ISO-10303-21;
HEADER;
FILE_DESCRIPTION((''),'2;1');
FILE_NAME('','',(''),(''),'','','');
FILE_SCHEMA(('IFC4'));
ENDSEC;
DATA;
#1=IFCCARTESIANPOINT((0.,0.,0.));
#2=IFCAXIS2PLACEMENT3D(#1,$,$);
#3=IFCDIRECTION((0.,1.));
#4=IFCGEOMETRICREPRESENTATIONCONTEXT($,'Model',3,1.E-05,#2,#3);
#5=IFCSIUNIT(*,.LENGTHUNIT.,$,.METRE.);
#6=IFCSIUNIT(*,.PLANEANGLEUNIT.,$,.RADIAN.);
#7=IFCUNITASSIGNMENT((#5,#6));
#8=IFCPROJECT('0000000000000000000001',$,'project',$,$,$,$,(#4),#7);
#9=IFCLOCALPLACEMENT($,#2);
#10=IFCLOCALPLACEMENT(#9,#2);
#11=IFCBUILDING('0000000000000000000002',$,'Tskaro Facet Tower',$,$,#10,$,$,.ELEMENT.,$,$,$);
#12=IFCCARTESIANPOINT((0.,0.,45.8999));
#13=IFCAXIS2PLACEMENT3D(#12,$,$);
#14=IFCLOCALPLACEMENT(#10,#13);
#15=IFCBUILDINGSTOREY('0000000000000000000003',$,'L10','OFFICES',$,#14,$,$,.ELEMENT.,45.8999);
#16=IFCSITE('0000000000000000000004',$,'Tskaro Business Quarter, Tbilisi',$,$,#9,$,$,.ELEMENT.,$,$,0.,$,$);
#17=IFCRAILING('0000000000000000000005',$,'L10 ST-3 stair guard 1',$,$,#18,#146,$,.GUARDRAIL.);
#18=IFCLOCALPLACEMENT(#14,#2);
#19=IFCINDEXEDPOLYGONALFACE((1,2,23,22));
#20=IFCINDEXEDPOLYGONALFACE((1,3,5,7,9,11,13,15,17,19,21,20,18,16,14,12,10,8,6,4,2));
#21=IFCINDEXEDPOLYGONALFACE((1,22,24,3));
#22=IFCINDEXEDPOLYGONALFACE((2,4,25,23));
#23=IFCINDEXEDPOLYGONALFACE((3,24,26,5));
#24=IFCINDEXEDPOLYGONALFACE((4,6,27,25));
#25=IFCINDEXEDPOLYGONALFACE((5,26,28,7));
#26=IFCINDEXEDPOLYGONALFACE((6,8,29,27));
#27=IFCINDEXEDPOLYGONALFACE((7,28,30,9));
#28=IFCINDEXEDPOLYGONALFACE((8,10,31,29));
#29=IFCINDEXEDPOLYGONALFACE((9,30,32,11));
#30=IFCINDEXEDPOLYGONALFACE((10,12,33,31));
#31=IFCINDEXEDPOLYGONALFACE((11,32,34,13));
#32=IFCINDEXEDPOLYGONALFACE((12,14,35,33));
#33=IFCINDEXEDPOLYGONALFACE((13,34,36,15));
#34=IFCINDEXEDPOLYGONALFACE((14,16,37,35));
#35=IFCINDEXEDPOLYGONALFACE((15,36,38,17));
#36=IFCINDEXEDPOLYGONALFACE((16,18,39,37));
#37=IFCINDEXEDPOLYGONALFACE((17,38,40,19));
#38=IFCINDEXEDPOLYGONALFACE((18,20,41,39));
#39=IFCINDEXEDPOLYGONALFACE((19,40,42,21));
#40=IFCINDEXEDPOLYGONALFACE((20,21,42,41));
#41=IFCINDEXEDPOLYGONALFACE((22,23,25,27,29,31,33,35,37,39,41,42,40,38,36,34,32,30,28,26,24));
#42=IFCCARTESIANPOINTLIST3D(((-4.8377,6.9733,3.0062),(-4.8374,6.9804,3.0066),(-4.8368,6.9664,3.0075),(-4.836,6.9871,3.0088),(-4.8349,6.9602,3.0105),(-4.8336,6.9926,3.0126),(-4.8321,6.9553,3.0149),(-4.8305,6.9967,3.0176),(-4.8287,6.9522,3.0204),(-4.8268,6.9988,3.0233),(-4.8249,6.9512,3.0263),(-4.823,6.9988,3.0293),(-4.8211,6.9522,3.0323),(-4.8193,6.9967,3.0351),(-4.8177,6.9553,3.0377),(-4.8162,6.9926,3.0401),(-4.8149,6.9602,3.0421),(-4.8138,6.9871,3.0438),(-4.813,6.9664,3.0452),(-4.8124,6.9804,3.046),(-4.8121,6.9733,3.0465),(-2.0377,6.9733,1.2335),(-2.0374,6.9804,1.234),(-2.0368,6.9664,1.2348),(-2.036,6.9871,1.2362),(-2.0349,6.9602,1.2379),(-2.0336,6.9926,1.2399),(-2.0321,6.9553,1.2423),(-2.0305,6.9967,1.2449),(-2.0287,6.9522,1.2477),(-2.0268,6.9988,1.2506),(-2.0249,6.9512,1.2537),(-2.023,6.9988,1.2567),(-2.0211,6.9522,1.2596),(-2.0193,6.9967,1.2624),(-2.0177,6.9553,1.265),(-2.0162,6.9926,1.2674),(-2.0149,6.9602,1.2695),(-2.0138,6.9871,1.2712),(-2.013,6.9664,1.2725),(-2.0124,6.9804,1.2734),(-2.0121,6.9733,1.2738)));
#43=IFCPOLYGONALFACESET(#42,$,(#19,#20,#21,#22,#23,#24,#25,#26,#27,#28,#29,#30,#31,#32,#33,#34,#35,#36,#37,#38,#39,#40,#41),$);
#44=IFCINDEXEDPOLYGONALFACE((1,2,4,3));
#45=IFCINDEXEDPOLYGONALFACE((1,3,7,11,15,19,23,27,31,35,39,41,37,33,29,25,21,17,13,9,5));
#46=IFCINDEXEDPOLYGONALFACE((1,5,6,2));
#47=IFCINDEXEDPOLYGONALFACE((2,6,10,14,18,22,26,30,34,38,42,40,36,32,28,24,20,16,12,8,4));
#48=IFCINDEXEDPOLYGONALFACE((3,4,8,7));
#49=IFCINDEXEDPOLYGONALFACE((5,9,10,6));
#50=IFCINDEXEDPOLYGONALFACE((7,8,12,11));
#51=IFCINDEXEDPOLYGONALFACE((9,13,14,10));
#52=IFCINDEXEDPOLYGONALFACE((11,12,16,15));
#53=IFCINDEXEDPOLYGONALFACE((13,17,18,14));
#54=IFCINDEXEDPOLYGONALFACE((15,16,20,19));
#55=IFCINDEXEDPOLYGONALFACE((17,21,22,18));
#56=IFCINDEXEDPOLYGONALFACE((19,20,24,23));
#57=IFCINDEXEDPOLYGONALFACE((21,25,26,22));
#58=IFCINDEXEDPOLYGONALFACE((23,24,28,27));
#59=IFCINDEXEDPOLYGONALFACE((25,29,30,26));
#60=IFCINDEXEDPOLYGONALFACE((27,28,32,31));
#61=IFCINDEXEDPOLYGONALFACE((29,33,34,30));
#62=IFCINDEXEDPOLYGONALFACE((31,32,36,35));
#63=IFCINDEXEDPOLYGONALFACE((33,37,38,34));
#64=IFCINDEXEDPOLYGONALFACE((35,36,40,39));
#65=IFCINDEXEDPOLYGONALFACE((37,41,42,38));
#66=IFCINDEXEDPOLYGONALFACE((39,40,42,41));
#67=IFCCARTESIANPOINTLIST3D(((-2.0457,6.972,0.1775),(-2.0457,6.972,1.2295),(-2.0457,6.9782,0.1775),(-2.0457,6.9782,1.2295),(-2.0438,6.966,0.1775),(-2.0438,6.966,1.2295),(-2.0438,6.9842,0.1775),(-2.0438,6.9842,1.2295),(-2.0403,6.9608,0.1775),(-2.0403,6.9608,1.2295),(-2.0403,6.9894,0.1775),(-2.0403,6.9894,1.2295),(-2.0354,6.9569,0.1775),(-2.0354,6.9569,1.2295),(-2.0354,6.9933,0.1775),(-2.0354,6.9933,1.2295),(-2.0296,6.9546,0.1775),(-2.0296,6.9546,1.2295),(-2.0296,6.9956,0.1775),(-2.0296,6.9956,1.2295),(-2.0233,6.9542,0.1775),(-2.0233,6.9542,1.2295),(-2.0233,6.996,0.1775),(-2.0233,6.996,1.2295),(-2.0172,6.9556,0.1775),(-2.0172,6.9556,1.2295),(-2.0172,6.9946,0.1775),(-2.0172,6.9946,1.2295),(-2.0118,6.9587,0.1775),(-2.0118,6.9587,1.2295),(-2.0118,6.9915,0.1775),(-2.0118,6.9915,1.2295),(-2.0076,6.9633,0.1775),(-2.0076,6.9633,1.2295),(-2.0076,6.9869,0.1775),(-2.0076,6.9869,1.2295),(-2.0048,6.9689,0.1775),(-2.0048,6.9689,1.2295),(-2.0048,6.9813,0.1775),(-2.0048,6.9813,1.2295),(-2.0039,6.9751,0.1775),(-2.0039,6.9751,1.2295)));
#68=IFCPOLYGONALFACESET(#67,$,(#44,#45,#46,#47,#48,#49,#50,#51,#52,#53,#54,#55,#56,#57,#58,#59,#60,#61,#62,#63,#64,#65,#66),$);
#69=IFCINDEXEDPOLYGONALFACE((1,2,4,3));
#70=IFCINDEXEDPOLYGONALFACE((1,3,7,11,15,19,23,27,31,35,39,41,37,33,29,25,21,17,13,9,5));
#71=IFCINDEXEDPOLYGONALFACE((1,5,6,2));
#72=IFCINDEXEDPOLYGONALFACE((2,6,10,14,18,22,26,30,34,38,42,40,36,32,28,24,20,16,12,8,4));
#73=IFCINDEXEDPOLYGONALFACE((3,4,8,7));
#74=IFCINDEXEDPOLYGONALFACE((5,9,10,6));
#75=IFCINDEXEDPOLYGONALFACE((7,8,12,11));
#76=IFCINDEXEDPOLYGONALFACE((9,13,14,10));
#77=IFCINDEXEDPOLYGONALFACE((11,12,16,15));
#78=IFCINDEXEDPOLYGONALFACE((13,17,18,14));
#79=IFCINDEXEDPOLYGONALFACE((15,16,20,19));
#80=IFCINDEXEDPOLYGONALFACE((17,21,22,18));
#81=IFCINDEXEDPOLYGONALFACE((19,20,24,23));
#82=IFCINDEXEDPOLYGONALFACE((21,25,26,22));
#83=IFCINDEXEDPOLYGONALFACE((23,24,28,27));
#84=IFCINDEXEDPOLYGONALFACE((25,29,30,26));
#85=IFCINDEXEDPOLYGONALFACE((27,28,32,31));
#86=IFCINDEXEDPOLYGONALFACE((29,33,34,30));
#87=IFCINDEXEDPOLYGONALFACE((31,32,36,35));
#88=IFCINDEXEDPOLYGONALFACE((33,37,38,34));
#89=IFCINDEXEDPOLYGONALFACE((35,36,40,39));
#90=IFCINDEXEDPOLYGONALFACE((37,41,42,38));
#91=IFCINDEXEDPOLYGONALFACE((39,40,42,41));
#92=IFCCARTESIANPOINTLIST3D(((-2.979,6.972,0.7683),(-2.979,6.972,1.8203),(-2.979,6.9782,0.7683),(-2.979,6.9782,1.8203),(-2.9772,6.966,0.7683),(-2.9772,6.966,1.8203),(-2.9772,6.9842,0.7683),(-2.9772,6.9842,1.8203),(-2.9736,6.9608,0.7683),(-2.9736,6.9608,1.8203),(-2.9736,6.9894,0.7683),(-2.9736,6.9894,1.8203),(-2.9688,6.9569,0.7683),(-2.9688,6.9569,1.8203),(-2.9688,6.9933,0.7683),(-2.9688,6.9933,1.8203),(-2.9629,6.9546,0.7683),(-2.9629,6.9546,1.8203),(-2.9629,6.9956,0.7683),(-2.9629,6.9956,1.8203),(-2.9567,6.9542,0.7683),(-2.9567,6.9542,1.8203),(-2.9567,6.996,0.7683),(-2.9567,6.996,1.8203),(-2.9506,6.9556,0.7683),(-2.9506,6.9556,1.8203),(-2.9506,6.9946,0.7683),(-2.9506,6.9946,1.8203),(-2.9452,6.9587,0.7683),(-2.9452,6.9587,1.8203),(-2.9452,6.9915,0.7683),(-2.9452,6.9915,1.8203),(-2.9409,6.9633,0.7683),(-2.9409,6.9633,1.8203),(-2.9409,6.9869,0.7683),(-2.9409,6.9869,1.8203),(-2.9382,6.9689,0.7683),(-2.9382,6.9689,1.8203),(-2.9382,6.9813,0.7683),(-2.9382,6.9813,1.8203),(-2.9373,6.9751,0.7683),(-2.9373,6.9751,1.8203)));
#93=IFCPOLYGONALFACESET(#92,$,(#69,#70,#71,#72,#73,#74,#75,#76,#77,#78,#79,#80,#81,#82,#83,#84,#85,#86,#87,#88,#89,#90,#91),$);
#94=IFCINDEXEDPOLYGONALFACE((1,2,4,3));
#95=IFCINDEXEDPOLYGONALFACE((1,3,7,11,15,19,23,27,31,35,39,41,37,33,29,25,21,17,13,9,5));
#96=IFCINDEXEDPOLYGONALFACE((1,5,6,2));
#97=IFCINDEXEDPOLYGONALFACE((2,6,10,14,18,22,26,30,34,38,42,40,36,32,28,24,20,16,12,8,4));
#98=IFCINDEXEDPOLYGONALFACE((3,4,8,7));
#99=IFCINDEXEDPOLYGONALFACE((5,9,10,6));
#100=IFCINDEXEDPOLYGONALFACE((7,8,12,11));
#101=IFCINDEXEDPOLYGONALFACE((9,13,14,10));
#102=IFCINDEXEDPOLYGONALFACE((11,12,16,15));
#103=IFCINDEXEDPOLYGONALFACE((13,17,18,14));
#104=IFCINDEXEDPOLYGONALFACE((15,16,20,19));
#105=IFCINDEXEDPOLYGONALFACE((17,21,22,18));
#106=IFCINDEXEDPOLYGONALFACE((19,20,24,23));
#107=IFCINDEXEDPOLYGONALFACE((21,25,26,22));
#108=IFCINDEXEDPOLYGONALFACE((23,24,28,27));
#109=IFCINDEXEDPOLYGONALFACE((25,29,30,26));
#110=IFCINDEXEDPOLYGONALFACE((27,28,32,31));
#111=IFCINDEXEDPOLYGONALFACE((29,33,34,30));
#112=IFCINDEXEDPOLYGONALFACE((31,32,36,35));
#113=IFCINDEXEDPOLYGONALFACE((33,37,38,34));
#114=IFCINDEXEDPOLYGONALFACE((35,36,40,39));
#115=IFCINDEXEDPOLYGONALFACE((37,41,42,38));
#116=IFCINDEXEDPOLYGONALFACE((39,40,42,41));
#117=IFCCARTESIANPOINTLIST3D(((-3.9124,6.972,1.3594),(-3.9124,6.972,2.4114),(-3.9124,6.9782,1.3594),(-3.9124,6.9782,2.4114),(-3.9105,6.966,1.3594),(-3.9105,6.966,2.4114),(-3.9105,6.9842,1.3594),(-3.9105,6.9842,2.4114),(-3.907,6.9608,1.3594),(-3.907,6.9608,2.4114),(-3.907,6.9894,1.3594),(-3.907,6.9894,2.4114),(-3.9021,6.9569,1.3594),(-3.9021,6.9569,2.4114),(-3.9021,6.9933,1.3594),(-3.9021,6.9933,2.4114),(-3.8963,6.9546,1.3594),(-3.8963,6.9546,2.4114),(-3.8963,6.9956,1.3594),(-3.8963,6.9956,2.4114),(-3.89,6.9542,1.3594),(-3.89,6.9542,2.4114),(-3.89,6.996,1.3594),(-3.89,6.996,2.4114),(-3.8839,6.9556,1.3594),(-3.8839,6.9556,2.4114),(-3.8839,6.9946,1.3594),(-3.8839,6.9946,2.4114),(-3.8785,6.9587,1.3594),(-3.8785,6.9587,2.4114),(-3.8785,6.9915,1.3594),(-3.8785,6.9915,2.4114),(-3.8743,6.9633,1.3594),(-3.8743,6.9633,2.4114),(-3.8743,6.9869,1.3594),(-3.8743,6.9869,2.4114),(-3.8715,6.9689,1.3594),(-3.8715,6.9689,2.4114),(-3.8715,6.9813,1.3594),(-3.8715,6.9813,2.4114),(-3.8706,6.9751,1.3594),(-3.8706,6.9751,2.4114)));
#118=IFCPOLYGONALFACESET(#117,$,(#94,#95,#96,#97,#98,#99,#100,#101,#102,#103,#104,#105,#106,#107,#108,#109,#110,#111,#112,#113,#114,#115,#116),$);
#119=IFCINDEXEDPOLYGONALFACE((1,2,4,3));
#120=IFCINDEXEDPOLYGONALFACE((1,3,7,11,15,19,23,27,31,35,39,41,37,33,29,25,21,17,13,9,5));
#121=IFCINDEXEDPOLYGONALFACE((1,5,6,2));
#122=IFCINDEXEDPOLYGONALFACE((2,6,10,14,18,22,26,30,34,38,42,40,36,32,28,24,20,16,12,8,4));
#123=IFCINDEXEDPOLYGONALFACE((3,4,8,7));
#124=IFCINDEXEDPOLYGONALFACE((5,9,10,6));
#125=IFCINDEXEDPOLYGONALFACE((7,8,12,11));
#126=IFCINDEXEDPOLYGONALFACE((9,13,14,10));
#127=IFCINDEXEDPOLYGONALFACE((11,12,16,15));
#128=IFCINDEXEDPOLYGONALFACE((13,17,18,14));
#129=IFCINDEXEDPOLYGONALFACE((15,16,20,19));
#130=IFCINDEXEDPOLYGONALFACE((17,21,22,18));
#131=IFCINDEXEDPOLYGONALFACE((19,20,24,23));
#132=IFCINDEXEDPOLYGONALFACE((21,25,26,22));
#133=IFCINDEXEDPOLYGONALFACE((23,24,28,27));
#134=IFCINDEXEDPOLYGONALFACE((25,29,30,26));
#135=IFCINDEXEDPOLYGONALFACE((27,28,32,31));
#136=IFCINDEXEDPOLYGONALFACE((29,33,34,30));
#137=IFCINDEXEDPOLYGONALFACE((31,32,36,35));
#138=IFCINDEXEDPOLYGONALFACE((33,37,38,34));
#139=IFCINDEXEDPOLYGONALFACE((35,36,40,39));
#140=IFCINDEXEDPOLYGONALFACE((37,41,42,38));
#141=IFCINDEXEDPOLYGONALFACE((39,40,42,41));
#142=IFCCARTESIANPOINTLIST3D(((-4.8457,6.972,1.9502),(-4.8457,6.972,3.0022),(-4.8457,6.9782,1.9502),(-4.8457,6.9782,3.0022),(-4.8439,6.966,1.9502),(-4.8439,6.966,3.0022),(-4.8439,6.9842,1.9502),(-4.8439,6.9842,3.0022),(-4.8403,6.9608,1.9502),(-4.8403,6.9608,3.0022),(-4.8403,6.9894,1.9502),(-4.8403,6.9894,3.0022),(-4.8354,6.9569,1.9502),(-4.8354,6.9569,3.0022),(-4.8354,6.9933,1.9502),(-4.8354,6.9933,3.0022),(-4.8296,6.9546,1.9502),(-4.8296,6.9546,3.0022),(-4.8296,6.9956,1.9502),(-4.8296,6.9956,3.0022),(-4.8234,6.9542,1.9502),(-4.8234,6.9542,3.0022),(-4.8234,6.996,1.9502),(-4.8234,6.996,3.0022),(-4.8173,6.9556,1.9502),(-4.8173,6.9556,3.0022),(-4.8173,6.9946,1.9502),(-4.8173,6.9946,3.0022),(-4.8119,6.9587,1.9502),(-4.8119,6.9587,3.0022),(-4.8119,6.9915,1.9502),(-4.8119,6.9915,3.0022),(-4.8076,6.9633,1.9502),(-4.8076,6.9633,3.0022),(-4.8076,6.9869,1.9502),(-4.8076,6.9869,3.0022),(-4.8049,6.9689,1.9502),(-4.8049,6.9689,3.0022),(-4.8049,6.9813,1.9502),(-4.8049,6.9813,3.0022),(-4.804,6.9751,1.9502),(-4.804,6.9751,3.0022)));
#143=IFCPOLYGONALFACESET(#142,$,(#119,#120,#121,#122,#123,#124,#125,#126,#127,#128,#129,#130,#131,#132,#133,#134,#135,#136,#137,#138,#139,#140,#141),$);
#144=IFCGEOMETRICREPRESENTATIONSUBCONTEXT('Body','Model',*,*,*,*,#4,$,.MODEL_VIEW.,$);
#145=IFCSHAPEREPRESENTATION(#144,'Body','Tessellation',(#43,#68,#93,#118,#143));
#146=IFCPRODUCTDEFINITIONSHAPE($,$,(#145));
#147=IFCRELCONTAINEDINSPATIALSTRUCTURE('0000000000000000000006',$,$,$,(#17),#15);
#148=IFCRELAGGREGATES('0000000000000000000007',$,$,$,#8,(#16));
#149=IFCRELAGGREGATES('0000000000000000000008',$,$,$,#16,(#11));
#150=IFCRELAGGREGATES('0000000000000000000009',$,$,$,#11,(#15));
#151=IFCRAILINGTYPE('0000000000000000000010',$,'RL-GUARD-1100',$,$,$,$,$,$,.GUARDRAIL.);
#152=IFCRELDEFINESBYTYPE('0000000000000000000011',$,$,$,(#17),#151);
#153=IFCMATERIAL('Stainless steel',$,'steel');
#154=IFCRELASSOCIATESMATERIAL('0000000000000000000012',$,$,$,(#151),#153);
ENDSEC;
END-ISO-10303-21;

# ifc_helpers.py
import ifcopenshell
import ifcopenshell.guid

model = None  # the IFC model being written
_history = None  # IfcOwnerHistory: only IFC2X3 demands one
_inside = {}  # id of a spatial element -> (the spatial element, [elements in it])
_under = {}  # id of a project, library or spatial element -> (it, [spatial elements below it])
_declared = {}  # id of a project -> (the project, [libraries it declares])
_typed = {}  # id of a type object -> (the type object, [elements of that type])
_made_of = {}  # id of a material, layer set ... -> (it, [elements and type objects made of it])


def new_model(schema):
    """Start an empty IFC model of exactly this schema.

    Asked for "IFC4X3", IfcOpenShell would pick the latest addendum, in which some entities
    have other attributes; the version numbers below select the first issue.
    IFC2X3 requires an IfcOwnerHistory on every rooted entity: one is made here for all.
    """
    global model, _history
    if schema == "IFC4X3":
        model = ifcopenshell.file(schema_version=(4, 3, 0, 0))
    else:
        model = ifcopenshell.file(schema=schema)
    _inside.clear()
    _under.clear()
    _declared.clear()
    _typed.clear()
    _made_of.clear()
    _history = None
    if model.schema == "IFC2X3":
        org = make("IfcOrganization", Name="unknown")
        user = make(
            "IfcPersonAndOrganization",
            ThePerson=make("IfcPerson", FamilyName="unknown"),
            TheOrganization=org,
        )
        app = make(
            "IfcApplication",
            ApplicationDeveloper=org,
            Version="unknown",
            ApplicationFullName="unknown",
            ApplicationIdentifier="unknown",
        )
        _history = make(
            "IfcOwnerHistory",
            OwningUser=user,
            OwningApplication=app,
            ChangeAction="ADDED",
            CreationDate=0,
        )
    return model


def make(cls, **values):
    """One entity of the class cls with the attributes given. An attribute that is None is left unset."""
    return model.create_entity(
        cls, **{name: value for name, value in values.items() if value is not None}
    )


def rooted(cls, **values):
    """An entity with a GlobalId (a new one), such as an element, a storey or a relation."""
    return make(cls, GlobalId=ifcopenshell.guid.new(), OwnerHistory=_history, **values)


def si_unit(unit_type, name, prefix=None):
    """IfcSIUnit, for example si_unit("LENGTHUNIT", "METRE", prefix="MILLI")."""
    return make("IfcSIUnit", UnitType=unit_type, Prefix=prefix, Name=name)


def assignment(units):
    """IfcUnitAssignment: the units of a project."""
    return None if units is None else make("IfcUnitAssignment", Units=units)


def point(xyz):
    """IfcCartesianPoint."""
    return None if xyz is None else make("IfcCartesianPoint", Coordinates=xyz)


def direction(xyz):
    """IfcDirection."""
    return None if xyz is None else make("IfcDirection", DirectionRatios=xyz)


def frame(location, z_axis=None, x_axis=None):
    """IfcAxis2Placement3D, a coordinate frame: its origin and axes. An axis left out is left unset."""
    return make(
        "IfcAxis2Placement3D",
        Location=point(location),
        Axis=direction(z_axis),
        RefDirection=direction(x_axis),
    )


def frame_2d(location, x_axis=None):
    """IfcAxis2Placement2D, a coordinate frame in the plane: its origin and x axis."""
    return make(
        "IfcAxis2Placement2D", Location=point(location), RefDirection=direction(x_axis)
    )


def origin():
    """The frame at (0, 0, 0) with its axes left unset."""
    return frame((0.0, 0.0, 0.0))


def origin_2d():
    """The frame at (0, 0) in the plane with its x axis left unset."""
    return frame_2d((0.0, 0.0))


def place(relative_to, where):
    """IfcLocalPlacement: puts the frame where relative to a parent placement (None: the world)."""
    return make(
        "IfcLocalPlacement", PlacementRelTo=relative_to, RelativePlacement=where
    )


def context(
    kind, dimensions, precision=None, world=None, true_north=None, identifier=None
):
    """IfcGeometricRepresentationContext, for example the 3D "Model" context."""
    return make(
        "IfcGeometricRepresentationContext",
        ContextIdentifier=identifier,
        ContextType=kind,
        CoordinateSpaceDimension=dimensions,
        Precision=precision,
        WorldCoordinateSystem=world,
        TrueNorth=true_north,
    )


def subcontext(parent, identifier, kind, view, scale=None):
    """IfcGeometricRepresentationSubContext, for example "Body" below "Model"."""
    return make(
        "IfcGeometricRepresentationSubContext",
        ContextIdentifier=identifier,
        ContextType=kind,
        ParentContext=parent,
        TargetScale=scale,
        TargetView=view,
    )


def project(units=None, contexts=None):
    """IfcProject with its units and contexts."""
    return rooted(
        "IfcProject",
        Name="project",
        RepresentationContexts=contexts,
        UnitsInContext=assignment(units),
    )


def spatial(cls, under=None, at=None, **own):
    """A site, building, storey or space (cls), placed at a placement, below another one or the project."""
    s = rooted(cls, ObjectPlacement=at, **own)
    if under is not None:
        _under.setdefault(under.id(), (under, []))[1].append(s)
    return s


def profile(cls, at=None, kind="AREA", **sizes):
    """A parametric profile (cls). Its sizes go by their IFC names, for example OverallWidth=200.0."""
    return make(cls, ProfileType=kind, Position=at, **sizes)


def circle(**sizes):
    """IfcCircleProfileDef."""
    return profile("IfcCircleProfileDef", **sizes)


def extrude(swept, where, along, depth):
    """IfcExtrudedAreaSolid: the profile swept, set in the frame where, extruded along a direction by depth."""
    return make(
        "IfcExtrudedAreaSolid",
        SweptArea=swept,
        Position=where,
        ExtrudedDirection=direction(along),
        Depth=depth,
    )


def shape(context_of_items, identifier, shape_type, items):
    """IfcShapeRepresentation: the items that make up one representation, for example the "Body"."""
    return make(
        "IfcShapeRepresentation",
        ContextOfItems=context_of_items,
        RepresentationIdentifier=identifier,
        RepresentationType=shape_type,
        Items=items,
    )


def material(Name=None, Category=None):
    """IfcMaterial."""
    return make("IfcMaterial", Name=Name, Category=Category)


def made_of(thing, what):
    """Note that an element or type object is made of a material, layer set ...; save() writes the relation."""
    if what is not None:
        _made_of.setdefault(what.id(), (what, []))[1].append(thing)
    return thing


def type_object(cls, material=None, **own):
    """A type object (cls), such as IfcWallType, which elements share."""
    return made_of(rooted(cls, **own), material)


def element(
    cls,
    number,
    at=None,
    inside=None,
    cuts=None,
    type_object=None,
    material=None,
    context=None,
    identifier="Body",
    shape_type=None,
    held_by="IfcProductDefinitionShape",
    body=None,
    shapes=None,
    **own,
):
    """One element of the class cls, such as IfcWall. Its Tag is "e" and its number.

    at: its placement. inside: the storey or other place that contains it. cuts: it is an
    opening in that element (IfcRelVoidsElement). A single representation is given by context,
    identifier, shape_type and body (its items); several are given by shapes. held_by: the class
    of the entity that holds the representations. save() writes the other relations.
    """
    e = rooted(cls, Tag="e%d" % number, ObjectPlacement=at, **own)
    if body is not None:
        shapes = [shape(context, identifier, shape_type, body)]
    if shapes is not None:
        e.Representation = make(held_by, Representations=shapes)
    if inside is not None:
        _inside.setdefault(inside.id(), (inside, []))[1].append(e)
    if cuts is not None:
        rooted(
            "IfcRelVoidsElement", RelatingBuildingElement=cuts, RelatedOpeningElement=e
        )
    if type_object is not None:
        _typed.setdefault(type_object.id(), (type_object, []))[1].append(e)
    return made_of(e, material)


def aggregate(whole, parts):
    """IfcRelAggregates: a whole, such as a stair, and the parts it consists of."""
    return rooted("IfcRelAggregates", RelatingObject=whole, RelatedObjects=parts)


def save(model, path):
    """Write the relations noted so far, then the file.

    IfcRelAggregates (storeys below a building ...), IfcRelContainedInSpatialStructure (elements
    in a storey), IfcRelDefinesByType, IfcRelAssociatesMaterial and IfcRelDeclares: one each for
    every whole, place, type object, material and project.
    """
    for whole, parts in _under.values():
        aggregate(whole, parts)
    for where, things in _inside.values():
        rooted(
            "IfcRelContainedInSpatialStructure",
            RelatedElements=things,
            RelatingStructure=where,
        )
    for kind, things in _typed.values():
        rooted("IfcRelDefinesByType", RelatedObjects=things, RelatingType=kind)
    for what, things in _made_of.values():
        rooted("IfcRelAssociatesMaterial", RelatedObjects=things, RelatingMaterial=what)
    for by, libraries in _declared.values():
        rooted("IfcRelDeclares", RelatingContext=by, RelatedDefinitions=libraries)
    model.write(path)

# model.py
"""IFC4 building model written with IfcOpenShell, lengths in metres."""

from ifc_helpers import new_model, si_unit, direction, frame, origin, origin_2d, place, context, subcontext, project, spatial, circle, extrude, material, type_object, element, save


model = new_model("IFC4")

# Units and contexts
model_context = context("Model", 3, precision=1e-05, world=origin(), true_north=direction((0.0, 1.0)))
body_context = subcontext(model_context, "Body", "Model", "MODEL_VIEW")
ifc_project = project(units=[si_unit("LENGTHUNIT", "METRE"), si_unit("PLANEANGLEUNIT", "RADIAN")], contexts=[model_context])

# Site, building, storey
site_placement = place(None, origin())
site = spatial("IfcSite", under=ifc_project, at=site_placement, Name="Tskaro Business Quarter, Tbilisi", CompositionType="ELEMENT", RefElevation=0.0)
building_placement = place(site_placement, origin())
building = spatial("IfcBuilding", under=site, at=building_placement, Name="Tskaro Facet Tower", CompositionType="ELEMENT")
storey_placement = place(building_placement, frame((0.0, 0.0, 45.8999)))
storey = spatial("IfcBuildingStorey", under=building, at=storey_placement, Name="L10", Description="OFFICES", CompositionType="ELEMENT", Elevation=45.8999)

# Railing
ifc_material_1 = material(Name="Stainless steel", Category="steel")
railing_type_1 = type_object("IfcRailingType", Name="RL-GUARD-1100", PredefinedType="GUARDRAIL", material=ifc_material_1)
railing_1_placement = place(storey_placement, frame((-2.0249, 6.9751, 0.1775)))
element("IfcRailing", 1, at=railing_1_placement, inside=storey, type_object=railing_type_1, Name="L10 ST-3 stair guard 1", PredefinedType="GUARDRAIL", context=body_context, shape_type="SweptSolid", body=[
    extrude(circle(Radius=0.0239, at=origin_2d()), frame((0.0, 0.0, 1.0762), z_axis=(-0.844909, 0.0, 0.53491), x_axis=(0.0, -1.0, 0.0)), (0.0, 0.0, 1.0), 3.314),
    extrude(circle(Radius=0.021, at=origin_2d()), origin(), (0.0, 0.0, 1.0), 1.052),
    extrude(circle(Radius=0.021, at=origin_2d()), frame((-0.9333, 0.0, 0.5908)), (0.0, 0.0, 1.0), 1.052),
    extrude(circle(Radius=0.021, at=origin_2d()), frame((-1.8667, 0.0, 1.1819)), (0.0, 0.0, 1.0), 1.052),
    extrude(circle(Radius=0.021, at=origin_2d()), frame((-2.8, 0.0, 1.7727)), (0.0, 0.0, 1.0), 1.052),
])

save(model, "model.ifc")
